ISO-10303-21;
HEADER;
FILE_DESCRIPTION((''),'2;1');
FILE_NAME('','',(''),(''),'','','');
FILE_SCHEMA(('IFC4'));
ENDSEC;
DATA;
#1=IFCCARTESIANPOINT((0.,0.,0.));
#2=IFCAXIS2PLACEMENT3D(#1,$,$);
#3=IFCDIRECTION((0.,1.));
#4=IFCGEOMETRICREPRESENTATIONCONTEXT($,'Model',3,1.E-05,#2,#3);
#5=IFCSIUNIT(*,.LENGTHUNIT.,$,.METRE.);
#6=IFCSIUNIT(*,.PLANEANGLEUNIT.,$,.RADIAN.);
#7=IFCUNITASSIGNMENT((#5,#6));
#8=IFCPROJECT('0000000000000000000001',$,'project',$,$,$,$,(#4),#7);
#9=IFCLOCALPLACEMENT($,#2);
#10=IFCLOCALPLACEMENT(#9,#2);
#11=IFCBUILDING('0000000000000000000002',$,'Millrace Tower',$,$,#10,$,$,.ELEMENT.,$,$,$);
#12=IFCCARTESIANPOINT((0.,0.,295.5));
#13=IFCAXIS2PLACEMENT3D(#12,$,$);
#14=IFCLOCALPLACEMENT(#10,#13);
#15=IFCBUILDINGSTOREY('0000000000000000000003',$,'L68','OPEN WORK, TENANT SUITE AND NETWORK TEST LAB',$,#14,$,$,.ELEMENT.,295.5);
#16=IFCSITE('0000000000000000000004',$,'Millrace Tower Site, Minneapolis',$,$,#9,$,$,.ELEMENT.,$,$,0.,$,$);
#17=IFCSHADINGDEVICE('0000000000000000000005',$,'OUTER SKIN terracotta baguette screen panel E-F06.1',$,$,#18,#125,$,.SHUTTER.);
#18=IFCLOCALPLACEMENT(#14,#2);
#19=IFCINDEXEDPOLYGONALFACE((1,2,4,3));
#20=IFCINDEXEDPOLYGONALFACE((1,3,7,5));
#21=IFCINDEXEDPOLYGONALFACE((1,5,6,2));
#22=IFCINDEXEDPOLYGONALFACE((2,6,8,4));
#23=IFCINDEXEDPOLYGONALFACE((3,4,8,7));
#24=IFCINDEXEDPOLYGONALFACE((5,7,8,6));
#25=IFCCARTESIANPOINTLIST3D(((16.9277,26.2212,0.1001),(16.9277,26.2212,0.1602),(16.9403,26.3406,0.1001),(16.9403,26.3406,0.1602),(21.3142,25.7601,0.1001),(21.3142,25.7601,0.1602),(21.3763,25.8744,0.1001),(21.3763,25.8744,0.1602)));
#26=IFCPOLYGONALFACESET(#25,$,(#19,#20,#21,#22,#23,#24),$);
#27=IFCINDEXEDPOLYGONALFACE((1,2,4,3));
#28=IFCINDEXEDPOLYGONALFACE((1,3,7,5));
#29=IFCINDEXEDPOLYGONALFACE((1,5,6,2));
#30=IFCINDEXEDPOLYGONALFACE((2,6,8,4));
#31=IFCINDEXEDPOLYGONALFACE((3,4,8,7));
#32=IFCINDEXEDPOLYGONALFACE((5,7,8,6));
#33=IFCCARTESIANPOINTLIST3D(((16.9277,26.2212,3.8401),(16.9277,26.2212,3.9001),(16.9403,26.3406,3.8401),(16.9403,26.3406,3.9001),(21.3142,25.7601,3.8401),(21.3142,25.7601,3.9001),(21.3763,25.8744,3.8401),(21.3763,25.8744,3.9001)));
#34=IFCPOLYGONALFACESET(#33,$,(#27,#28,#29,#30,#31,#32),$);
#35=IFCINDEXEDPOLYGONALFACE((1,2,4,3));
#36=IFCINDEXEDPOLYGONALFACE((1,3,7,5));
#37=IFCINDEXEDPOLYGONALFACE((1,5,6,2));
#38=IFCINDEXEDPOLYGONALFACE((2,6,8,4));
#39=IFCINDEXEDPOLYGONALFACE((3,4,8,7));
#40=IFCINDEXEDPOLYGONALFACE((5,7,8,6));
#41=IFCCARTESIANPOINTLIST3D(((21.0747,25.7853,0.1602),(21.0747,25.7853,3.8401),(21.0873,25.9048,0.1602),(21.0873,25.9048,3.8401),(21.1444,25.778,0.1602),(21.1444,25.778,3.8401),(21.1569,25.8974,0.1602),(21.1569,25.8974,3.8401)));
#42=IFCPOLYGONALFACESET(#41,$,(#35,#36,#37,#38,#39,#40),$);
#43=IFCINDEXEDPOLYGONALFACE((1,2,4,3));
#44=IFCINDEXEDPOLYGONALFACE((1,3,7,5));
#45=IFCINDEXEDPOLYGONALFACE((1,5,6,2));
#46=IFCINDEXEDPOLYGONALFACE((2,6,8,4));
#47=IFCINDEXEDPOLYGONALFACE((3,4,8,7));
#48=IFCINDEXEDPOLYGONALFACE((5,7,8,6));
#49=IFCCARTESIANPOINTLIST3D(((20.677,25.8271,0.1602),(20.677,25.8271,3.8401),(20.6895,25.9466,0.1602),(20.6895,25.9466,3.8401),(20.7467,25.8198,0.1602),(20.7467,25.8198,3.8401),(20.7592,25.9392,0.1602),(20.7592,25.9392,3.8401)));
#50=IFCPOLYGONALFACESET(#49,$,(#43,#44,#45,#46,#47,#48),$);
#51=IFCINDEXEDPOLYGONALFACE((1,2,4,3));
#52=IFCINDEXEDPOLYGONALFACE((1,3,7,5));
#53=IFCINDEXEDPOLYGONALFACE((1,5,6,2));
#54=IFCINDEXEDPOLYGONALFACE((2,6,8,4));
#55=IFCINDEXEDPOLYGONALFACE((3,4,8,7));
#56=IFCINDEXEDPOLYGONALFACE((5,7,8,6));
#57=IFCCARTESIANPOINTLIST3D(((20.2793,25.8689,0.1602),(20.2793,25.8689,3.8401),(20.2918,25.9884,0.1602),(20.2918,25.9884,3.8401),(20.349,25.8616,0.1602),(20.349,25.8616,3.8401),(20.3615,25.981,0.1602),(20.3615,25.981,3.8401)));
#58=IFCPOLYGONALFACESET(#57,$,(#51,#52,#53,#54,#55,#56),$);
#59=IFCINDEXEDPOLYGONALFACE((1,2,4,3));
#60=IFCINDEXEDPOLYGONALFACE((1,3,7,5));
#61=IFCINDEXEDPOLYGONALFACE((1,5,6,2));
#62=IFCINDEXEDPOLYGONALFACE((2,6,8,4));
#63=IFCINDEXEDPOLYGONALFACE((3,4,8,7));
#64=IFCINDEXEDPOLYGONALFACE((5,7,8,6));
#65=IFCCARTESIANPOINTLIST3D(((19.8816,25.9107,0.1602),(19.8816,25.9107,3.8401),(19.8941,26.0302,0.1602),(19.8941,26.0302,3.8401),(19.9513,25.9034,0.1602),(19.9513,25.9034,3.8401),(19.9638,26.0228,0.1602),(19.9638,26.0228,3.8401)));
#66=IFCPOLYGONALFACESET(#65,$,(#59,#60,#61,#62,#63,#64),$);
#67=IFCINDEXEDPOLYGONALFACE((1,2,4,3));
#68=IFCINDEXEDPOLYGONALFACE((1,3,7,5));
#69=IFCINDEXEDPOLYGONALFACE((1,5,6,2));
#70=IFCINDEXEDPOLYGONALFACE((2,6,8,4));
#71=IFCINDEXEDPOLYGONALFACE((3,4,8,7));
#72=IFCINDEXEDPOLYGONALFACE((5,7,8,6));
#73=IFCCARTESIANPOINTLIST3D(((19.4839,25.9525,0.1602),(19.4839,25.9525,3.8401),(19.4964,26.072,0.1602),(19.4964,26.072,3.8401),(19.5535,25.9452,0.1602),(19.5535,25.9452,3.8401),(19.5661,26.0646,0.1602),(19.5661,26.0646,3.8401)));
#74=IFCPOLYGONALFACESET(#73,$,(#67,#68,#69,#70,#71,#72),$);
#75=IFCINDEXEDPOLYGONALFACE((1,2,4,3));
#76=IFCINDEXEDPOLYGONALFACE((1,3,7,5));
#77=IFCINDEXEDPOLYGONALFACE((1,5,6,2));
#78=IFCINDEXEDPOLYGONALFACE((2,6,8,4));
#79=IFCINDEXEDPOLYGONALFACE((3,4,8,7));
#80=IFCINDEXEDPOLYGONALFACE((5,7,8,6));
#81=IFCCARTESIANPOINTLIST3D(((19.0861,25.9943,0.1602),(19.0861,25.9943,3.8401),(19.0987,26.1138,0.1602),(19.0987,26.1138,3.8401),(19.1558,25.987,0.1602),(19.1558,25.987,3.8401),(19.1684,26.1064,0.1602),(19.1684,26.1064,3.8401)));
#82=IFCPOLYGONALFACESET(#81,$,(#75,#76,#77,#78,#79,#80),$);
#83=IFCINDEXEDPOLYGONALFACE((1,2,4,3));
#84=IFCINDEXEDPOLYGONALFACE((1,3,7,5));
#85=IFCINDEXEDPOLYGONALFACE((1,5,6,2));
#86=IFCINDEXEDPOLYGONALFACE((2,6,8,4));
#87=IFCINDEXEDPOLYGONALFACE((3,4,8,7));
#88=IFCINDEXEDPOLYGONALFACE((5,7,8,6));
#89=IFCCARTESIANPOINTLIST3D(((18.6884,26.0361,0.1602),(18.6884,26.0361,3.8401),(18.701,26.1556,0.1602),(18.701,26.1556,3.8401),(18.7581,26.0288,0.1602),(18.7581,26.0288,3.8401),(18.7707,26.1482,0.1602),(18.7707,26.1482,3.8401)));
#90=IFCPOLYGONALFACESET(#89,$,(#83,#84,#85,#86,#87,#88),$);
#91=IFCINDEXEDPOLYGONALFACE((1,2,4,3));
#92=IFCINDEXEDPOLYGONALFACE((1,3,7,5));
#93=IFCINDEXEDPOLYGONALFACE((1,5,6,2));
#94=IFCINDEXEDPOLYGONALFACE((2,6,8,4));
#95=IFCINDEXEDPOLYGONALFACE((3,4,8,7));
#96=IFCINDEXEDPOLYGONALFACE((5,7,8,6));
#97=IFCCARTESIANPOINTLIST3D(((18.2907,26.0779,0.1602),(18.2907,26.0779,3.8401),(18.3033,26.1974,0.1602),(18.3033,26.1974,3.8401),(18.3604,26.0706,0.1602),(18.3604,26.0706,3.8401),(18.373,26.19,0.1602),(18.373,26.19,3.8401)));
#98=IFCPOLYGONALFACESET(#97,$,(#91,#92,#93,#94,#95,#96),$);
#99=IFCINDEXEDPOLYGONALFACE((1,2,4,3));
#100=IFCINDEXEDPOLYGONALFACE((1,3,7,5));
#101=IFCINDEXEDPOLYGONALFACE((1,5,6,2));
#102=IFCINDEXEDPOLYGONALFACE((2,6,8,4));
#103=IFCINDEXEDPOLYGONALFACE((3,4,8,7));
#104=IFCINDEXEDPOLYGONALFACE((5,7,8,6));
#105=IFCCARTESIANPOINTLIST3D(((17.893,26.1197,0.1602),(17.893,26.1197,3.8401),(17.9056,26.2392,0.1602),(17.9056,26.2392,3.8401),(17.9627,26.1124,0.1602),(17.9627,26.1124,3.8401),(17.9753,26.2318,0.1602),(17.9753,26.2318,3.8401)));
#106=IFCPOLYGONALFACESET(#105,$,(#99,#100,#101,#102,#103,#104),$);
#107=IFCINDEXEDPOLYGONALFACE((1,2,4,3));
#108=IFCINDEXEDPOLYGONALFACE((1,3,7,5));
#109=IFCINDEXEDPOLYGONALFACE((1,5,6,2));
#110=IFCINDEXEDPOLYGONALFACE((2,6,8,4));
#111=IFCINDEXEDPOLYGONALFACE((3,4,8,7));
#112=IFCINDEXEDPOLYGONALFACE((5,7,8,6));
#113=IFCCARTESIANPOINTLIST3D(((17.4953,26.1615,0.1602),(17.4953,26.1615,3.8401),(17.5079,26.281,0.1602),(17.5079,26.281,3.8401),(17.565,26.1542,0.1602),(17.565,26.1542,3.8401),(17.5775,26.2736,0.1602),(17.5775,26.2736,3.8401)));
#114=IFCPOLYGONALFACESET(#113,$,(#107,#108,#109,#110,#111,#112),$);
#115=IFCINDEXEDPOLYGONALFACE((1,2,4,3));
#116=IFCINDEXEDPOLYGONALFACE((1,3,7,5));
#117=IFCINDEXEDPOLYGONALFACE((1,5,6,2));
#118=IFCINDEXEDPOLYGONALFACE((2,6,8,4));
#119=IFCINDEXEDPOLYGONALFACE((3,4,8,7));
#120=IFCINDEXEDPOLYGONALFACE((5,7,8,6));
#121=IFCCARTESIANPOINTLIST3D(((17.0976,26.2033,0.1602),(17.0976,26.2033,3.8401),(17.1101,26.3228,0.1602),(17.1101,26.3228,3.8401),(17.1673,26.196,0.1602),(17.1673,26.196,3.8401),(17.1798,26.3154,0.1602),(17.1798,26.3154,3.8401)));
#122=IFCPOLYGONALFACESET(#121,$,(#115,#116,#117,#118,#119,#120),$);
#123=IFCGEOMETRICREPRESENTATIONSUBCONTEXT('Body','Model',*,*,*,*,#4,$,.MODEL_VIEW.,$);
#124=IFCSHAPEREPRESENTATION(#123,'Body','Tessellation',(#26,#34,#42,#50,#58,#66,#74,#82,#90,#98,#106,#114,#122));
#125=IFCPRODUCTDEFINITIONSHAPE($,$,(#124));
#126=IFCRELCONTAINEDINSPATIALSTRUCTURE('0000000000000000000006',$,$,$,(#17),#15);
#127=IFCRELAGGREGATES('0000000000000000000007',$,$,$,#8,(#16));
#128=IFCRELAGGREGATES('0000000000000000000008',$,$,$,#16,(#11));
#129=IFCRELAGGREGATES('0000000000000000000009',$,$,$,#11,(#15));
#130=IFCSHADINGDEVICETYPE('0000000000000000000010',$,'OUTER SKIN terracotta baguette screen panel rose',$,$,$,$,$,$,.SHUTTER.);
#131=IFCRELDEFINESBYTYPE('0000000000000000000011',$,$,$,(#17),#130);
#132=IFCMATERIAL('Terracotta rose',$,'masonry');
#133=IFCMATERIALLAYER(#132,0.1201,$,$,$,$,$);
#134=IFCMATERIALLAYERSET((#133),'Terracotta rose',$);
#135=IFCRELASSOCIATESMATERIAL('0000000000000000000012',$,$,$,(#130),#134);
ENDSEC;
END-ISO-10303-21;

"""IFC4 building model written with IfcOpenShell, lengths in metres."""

from ifc_helpers import new_model, entity, si_unit, direction, frame, frame_2d, origin, place, context, subcontext, project, spatial, rectangle, extrude, source, transform, mapped, material, layer, layer_set, type_object, element, save


model = new_model("IFC4")

# Units and contexts
model_context = context("Model", 3, precision=1e-05, world=origin(), true_north=direction((0.0, 1.0)))
body_context = subcontext(model_context, "Body", "Model", "MODEL_VIEW")
ifc_project = project(units=[si_unit("LENGTHUNIT", "METRE"), si_unit("PLANEANGLEUNIT", "RADIAN")], contexts=[model_context])

# Site, building, storey
site_placement = place(None, origin())
site = spatial("IfcSite", under=ifc_project, at=site_placement, Name="Millrace Tower Site, Minneapolis", CompositionType="ELEMENT", RefElevation=0.0)
building_placement = place(site_placement, origin())
building = spatial("IfcBuilding", under=site, at=building_placement, Name="Millrace Tower", CompositionType="ELEMENT")
storey_placement = place(building_placement, frame((0.0, 0.0, 295.5)))
storey = spatial("IfcBuildingStorey", under=building, at=storey_placement, Name="L68", Description="OPEN WORK, TENANT SUITE AND NETWORK TEST LAB", CompositionType="ELEMENT", Elevation=295.5)

# Shading device
ifc_material_1 = material(Name="Terracotta rose", Category="masonry")
ifc_layer_1 = layer(ifc_material_1, 0.1201)
ifc_layer_set_1 = layer_set([ifc_layer_1], Name="Terracotta rose")
shading_device_type = type_object("IfcShadingDeviceType", Name="OUTER SKIN terracotta baguette screen panel rose", PredefinedType="SHUTTER", material=ifc_layer_set_1)
cartesian_point_1 = entity("IfcCartesianPoint", [-2.1929, 0.0601])
shared_polyline_1 = entity("IfcPolyline", [cartesian_point_1, entity("IfcCartesianPoint", [2.2178, 0.0601]), entity("IfcCartesianPoint", [2.2178, -0.0601]), entity("IfcCartesianPoint", [-2.2427, -0.0601]), cartesian_point_1])
shared_shape_1 = source(origin(), body_context, "Body", "SweptSolid", [
    entity("IfcExtrudedAreaSolid", entity("IfcArbitraryClosedProfileDef", "AREA", None, shared_polyline_1), entity("IfcAxis2Placement3D", entity("IfcCartesianPoint", [0.0, 0.0, 0.0])), entity("IfcDirection", [0.0, 0.0, 1.0]), 0.0601),
    entity("IfcExtrudedAreaSolid", entity("IfcArbitraryClosedProfileDef", "AREA", None, shared_polyline_1), entity("IfcAxis2Placement3D", entity("IfcCartesianPoint", [0.0, 0.0, 3.74])), entity("IfcDirection", [0.0, 0.0, 1.0]), 0.0601),
    extrude(rectangle(XDim=0.0701, YDim=0.1201, at=frame_2d((-1.9871, 0.0))), frame((0.0, 0.0, 0.0601)), (0.0, 0.0, 1.0), 3.6799),
    extrude(rectangle(XDim=0.0701, YDim=0.1201, at=frame_2d((-1.5872, 0.0))), frame((0.0, 0.0, 0.0601)), (0.0, 0.0, 1.0), 3.6799),
    extrude(rectangle(XDim=0.0701, YDim=0.1201, at=frame_2d((-1.1873, 0.0))), frame((0.0, 0.0, 0.0601)), (0.0, 0.0, 1.0), 3.6799),
    extrude(rectangle(XDim=0.0701, YDim=0.1201, at=frame_2d((-0.7874, 0.0))), frame((0.0, 0.0, 0.0601)), (0.0, 0.0, 1.0), 3.6799),
    extrude(rectangle(XDim=0.0701, YDim=0.1201, at=frame_2d((-0.3875, 0.0))), frame((0.0, 0.0, 0.0601)), (0.0, 0.0, 1.0), 3.6799),
    extrude(rectangle(XDim=0.0701, YDim=0.1201, at=frame_2d((0.0125, 0.0))), frame((0.0, 0.0, 0.0601)), (0.0, 0.0, 1.0), 3.6799),
    extrude(rectangle(XDim=0.0701, YDim=0.1201, at=frame_2d((0.4124, 0.0))), frame((0.0, 0.0, 0.0601)), (0.0, 0.0, 1.0), 3.6799),
    extrude(rectangle(XDim=0.0701, YDim=0.1201, at=frame_2d((0.8123, 0.0))), frame((0.0, 0.0, 0.0601)), (0.0, 0.0, 1.0), 3.6799),
    extrude(rectangle(XDim=0.0701, YDim=0.1201, at=frame_2d((1.2122, 0.0))), frame((0.0, 0.0, 0.0601)), (0.0, 0.0, 1.0), 3.6799),
    extrude(rectangle(XDim=0.0701, YDim=0.1201, at=frame_2d((1.6121, 0.0))), frame((0.0, 0.0, 0.0601)), (0.0, 0.0, 1.0), 3.6799),
    extrude(rectangle(XDim=0.0701, YDim=0.1201, at=frame_2d((2.012, 0.0))), frame((0.0, 0.0, 0.0601)), (0.0, 0.0, 1.0), 3.6799),
])
shading_device_1_placement = place(storey_placement, frame((19.1396, 26.0491, 0.1001), z_axis=(0.0, 0.0, 1.0), x_axis=(-0.994522, 0.104528, 0.0)))
element("IfcShadingDevice", 1, at=shading_device_1_placement, inside=storey, type_object=shading_device_type, Name="OUTER SKIN terracotta baguette screen panel E-F06.1", PredefinedType="SHUTTER", context=body_context, shape_type="MappedRepresentation", body=[
    mapped(shared_shape_1, transform((0.0, 0.0, 0.0), scale=1.0)),
])

save(model, "model.ifc")
